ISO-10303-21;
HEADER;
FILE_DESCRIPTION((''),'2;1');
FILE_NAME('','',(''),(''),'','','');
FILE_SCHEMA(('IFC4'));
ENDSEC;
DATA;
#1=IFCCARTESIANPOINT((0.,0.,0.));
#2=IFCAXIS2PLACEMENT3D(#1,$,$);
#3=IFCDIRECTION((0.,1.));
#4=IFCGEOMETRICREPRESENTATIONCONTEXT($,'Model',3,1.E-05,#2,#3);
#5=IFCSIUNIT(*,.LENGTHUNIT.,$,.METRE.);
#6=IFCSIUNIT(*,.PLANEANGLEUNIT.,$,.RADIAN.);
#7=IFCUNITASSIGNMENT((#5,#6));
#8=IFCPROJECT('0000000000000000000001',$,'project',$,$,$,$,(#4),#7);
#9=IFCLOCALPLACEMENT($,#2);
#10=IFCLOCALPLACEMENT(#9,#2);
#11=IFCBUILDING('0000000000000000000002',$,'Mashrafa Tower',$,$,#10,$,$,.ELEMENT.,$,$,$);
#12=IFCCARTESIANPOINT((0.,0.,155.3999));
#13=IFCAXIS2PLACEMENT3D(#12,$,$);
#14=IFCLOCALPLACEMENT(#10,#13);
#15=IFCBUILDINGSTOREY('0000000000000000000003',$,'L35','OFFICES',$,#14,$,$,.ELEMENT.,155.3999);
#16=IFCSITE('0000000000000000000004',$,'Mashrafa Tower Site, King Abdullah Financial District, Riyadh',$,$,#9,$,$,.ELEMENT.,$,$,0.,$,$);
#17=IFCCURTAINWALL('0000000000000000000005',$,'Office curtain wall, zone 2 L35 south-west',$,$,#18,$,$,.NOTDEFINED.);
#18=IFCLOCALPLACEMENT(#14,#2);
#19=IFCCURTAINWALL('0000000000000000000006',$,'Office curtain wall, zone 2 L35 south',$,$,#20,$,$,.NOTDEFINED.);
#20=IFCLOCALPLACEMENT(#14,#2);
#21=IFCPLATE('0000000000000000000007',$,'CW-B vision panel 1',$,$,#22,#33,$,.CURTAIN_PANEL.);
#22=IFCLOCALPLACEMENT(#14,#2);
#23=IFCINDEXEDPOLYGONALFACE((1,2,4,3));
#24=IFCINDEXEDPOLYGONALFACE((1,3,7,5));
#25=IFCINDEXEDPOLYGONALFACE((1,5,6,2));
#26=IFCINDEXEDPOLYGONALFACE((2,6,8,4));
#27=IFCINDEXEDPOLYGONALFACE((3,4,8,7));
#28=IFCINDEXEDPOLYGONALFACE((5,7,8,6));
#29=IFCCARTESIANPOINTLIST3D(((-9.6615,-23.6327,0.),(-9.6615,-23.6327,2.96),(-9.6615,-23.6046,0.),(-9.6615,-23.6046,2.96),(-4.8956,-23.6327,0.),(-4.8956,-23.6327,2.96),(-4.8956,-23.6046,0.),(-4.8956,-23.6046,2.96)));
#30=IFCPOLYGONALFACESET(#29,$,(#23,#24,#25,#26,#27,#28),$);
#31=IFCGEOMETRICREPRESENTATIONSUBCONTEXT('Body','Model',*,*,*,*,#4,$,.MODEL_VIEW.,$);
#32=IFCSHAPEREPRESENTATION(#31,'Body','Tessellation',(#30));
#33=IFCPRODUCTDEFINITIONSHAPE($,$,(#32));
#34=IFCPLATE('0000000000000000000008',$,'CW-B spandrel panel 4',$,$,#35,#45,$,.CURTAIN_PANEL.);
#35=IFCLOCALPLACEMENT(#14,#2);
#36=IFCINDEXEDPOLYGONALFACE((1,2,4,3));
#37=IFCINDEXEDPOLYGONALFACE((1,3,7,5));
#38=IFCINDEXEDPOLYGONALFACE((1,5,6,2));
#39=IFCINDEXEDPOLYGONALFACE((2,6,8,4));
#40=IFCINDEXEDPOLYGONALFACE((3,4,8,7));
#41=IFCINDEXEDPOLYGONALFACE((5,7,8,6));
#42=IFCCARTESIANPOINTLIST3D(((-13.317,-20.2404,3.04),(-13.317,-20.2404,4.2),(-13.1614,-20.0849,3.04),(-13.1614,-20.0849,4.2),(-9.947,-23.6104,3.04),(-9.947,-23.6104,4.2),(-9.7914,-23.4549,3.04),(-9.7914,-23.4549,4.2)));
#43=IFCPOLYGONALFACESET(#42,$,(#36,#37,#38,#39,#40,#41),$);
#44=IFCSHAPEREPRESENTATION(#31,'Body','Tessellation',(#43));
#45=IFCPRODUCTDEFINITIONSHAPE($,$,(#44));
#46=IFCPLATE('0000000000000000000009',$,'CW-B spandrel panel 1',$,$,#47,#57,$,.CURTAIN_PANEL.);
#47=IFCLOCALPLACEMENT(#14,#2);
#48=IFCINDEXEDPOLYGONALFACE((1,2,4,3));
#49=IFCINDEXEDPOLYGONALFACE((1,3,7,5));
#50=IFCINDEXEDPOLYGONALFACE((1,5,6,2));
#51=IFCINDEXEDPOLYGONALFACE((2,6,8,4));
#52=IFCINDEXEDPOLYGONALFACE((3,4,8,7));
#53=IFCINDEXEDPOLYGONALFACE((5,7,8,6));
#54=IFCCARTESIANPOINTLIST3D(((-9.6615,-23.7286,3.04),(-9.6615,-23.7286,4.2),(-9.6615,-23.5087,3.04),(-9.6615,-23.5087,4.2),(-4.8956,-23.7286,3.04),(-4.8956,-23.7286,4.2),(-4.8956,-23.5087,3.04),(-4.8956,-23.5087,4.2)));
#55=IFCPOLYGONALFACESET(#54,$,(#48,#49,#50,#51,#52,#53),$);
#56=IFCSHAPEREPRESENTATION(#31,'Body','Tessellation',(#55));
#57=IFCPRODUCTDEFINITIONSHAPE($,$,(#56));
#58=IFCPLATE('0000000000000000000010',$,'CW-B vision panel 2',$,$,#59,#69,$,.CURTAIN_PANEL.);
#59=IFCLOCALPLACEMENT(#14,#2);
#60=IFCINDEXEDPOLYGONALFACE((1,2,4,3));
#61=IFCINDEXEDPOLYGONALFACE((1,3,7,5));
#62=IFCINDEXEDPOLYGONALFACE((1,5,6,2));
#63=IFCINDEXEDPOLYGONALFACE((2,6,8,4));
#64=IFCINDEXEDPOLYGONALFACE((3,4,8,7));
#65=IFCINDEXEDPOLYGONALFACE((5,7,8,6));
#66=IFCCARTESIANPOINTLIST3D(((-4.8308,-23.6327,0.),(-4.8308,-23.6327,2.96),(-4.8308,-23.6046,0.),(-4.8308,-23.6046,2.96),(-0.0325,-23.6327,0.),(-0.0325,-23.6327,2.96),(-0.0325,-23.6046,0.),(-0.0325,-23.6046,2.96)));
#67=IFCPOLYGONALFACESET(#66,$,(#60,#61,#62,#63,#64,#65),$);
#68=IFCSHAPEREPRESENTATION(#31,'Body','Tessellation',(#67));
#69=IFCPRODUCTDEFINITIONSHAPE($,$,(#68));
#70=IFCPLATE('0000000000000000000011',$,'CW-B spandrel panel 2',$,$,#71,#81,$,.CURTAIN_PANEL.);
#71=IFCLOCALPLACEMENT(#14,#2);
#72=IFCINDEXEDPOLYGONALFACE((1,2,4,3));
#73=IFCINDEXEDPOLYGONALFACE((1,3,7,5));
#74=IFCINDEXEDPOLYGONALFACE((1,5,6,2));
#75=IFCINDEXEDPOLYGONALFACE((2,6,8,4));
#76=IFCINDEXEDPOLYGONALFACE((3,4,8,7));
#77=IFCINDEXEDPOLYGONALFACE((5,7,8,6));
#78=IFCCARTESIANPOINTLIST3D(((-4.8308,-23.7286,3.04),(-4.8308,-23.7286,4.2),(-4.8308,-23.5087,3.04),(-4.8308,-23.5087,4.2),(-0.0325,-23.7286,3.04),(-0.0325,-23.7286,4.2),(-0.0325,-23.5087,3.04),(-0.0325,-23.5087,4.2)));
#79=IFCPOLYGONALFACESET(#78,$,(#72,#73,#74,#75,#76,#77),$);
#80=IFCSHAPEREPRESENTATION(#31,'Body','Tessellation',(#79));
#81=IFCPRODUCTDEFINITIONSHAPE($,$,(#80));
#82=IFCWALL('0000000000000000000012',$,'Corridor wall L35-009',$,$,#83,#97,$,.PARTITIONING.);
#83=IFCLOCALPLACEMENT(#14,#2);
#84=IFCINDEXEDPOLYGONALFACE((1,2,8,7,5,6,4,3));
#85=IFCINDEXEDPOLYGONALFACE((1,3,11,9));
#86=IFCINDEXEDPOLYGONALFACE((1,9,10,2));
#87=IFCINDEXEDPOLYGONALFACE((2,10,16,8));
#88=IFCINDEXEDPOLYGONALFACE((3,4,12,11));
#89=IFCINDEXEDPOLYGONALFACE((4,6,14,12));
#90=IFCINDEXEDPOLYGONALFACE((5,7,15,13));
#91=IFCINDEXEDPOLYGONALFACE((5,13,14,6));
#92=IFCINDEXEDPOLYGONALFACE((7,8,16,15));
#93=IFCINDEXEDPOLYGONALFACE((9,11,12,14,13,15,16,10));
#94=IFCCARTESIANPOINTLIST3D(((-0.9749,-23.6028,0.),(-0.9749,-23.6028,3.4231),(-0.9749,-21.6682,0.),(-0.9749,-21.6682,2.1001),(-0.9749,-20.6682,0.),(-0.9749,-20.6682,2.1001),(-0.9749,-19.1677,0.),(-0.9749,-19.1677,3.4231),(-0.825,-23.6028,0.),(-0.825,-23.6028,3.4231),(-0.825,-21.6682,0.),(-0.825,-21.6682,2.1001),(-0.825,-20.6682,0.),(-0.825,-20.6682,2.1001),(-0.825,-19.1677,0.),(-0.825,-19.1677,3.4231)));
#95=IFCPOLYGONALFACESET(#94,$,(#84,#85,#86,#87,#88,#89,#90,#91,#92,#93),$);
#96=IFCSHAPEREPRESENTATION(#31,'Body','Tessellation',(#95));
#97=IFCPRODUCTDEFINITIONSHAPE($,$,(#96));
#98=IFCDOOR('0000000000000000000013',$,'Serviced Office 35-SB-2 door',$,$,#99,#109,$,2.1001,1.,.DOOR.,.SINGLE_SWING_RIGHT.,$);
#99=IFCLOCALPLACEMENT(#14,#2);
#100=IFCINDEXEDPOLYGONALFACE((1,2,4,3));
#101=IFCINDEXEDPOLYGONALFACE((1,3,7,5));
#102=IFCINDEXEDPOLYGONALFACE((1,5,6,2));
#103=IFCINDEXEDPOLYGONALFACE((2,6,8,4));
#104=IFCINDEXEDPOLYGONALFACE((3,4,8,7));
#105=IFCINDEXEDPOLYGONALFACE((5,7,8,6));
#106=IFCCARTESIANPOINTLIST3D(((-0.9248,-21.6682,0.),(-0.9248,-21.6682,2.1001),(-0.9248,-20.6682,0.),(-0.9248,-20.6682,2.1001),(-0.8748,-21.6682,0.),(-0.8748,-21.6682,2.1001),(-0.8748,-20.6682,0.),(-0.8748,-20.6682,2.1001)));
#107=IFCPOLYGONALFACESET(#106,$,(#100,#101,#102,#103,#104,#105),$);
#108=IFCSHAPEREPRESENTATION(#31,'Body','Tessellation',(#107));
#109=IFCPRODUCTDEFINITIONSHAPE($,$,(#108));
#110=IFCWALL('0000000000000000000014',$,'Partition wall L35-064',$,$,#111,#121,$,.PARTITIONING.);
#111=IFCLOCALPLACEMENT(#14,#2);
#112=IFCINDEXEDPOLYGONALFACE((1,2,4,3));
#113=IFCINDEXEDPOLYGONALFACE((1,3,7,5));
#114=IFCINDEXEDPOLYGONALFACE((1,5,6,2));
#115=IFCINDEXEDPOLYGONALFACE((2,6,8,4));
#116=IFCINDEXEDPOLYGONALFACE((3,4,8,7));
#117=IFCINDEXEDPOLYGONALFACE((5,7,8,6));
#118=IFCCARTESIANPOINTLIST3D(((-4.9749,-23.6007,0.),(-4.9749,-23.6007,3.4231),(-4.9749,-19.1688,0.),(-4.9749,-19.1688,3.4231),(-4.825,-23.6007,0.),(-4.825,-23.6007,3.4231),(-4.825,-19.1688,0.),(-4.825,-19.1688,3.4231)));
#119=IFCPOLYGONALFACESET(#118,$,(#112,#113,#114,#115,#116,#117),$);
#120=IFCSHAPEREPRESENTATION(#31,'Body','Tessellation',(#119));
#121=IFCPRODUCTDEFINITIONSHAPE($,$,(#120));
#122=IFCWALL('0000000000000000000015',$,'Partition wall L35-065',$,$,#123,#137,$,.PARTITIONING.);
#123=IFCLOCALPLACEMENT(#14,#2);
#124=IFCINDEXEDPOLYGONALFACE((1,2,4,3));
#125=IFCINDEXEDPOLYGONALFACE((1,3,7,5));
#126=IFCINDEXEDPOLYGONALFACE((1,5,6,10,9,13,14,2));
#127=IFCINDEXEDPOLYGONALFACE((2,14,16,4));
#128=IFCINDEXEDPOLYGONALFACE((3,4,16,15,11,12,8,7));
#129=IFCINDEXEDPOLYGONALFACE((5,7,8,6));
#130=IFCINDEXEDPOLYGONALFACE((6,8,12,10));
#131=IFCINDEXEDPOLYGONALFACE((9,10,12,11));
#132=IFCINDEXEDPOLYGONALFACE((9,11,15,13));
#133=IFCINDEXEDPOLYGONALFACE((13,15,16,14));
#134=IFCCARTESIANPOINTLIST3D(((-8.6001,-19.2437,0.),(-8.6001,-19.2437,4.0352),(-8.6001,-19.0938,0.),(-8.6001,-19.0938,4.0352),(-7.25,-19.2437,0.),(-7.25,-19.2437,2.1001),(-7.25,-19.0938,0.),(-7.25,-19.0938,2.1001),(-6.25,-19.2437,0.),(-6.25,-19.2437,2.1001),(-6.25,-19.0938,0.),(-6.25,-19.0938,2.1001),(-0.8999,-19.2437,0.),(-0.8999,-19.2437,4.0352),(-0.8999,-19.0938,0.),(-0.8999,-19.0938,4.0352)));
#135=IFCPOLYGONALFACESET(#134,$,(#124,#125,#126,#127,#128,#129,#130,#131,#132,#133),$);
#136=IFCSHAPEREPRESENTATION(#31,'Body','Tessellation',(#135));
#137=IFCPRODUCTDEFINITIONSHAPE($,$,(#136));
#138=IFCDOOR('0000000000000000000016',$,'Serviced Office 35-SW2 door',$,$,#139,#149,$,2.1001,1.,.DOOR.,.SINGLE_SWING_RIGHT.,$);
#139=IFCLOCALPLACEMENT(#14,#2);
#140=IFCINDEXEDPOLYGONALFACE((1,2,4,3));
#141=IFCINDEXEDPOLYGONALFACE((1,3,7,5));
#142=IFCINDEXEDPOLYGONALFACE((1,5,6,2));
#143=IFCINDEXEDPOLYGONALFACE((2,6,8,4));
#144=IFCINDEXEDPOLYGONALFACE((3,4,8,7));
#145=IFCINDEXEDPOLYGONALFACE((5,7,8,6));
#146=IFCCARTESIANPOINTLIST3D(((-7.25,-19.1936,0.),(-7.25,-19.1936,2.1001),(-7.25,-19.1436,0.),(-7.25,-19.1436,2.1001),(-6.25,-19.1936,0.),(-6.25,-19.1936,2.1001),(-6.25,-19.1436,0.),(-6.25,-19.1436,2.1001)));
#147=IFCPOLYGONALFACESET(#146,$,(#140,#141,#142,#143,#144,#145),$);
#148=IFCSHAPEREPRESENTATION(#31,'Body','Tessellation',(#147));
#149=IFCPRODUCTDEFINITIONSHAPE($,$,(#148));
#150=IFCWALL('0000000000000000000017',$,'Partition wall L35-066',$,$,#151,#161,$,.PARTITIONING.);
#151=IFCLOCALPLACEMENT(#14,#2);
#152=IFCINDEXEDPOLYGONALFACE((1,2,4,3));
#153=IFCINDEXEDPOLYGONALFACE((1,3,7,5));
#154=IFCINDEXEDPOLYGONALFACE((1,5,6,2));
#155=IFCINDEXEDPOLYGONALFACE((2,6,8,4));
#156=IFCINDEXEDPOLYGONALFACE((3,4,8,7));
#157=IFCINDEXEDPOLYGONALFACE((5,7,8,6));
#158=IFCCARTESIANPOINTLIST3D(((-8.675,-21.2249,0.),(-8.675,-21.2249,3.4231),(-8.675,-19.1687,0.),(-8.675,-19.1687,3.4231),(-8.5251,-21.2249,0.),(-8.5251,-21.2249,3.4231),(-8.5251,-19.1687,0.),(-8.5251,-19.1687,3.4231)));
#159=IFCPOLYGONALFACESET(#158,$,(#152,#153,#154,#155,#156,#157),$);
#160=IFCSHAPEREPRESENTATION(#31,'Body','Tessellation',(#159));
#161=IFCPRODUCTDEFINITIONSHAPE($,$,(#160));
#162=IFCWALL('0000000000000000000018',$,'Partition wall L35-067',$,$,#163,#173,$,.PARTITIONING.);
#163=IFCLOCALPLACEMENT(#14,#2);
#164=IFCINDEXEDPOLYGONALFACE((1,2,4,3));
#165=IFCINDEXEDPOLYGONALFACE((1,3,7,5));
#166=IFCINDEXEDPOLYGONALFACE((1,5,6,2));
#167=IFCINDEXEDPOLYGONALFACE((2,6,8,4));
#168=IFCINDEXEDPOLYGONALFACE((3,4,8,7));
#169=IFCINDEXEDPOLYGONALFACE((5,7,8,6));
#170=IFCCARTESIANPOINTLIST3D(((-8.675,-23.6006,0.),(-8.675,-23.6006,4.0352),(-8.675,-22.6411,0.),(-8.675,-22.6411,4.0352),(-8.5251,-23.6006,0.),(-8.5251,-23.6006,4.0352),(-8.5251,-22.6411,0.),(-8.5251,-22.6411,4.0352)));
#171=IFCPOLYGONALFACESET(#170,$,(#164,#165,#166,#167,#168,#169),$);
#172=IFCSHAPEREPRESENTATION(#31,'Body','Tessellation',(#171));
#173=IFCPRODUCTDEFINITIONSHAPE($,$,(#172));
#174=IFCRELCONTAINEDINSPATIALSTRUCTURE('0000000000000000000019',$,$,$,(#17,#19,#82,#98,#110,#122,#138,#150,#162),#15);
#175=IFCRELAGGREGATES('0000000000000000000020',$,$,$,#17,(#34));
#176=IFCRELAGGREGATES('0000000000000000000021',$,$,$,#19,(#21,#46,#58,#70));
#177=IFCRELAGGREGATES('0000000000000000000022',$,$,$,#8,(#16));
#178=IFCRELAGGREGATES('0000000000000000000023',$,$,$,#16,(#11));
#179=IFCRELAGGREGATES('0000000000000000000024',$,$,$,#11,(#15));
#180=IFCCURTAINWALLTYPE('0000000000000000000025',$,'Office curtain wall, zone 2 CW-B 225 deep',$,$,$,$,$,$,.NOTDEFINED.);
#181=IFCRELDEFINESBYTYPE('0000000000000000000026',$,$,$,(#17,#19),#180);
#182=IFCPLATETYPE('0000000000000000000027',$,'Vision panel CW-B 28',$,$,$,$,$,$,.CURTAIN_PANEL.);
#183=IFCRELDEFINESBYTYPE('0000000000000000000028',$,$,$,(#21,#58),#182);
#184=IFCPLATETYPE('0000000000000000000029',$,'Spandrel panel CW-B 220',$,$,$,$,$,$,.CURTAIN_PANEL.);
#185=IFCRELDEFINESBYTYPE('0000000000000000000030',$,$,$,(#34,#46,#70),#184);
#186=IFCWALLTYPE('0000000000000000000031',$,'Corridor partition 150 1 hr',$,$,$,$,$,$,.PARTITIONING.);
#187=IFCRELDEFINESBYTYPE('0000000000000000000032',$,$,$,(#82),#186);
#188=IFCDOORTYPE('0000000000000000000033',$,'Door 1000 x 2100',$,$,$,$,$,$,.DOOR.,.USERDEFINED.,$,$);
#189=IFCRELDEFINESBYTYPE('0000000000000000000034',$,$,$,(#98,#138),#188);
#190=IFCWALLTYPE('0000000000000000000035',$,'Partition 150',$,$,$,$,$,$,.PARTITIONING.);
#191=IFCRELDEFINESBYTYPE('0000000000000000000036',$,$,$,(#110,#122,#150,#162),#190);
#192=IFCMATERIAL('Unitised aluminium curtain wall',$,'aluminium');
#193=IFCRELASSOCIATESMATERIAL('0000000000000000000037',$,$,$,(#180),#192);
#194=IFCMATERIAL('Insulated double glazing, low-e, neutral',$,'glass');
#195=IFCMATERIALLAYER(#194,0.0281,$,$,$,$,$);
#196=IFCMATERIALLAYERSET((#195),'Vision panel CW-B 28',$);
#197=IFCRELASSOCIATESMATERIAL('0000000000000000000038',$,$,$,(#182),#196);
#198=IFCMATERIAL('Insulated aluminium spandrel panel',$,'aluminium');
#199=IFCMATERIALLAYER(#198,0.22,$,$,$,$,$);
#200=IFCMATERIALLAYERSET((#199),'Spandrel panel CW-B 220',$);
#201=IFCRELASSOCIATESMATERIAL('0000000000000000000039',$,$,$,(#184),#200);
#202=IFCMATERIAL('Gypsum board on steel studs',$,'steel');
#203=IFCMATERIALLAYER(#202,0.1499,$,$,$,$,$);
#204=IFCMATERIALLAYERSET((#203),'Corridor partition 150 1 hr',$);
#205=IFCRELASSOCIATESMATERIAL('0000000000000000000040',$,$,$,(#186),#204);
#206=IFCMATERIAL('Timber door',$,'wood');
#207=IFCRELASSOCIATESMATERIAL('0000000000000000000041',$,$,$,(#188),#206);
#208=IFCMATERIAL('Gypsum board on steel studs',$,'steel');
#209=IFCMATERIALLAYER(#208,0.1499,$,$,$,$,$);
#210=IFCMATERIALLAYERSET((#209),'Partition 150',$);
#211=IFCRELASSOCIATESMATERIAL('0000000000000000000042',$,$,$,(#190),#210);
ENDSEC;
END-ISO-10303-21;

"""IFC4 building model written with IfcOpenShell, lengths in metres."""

from ifc_helpers import new_model, si_unit, direction, frame, frame_2d, origin, origin_2d, place, context, subcontext, project, spatial, rectangle, extrude, source, transform, mapped, material, layer, layer_set, type_object, type_shapes, element, fill, aggregate, save


model = new_model("IFC4")

# Units and contexts
model_context = context("Model", 3, precision=1e-05, world=origin(), true_north=direction((0.0, 1.0)))
body_context = subcontext(model_context, "Body", "Model", "MODEL_VIEW")
ifc_project = project(units=[si_unit("LENGTHUNIT", "METRE"), si_unit("PLANEANGLEUNIT", "RADIAN")], contexts=[model_context])

# Site, building, storey
site_placement = place(None, origin())
site = spatial("IfcSite", under=ifc_project, at=site_placement, Name="Mashrafa Tower Site, King Abdullah Financial District, Riyadh", CompositionType="ELEMENT", RefElevation=0.0)
building_placement = place(site_placement, origin())
building = spatial("IfcBuilding", under=site, at=building_placement, Name="Mashrafa Tower", CompositionType="ELEMENT")
storey_placement = place(building_placement, frame((0.0, 0.0, 155.3999)))
storey = spatial("IfcBuildingStorey", under=building, at=storey_placement, Name="L35", Description="OFFICES", CompositionType="ELEMENT", Elevation=155.3999)

# Curtain wall
ifc_material_1 = material(Name="Unitised aluminium curtain wall", Category="aluminium")
curtain_wall_type = type_object("IfcCurtainWallType", Name="Office curtain wall, zone 2 CW-B 225 deep", PredefinedType="NOTDEFINED", material=ifc_material_1)
curtain_wall_1_placement = place(storey_placement, origin())
curtain_wall_1 = element("IfcCurtainWall", 1, at=curtain_wall_1_placement, inside=storey, type_object=curtain_wall_type, Name="Office curtain wall, zone 2 L35 south-west", PredefinedType="NOTDEFINED")

# Curtain wall
curtain_wall_2_placement = place(storey_placement, origin())
curtain_wall_2 = element("IfcCurtainWall", 2, at=curtain_wall_2_placement, inside=storey, type_object=curtain_wall_type, Name="Office curtain wall, zone 2 L35 south", PredefinedType="NOTDEFINED")

# Plates
ifc_material_2 = material(Name="Insulated double glazing, low-e, neutral", Category="glass")
ifc_layer_1 = layer(ifc_material_2, 0.0281)
ifc_layer_set_1 = layer_set([ifc_layer_1], Name="Vision panel CW-B 28")
plate_type_1 = type_object("IfcPlateType", Name="Vision panel CW-B 28", PredefinedType="CURTAIN_PANEL", material=ifc_layer_set_1)
shared_shape_1 = source(origin(), body_context, "Body", "SweptSolid", [
    extrude(rectangle(XDim=4.7659, YDim=0.0281, at=origin_2d()), origin(), (0.0, 0.0, 1.0), 2.96),
])
plate_1_placement = place(storey_placement, frame((-7.2786, -23.6187, 0.0), z_axis=(0.0, 0.0, 1.0), x_axis=(1.0, 0.0, 0.0)))
plate_1 = element("IfcPlate", 3, at=plate_1_placement, type_object=plate_type_1, Name="CW-B vision panel 1", PredefinedType="CURTAIN_PANEL", context=body_context, shape_type="MappedRepresentation", body=[
    mapped(shared_shape_1, transform((0.0, 0.0, 0.0))),
])
ifc_material_3 = material(Name="Insulated aluminium spandrel panel", Category="aluminium")
ifc_layer_2 = layer(ifc_material_3, 0.22)
ifc_layer_set_2 = layer_set([ifc_layer_2], Name="Spandrel panel CW-B 220")
plate_type_2 = type_object("IfcPlateType", Name="Spandrel panel CW-B 220", PredefinedType="CURTAIN_PANEL", material=ifc_layer_set_2)
shared_shape_2 = source(origin(), body_context, "Body", "SweptSolid", [
    extrude(rectangle(XDim=4.7659, YDim=0.22, at=origin_2d()), origin(), (0.0, 0.0, 1.0), 1.1599),
])
plate_2_placement = place(storey_placement, frame((-11.5542, -21.8477, 3.04), z_axis=(0.0, 0.0, 1.0), x_axis=(0.707107, -0.707107, 0.0)))
plate_2 = element("IfcPlate", 4, at=plate_2_placement, type_object=plate_type_2, Name="CW-B spandrel panel 4", PredefinedType="CURTAIN_PANEL", context=body_context, shape_type="MappedRepresentation", body=[
    mapped(shared_shape_2, transform((0.0, 0.0, 0.0))),
])
aggregate(curtain_wall_1, [plate_2])
plate_3_placement = place(storey_placement, frame((-7.2786, -23.6187, 3.04), z_axis=(0.0, 0.0, 1.0), x_axis=(1.0, 0.0, 0.0)))
plate_3 = element("IfcPlate", 5, at=plate_3_placement, type_object=plate_type_2, Name="CW-B spandrel panel 1", PredefinedType="CURTAIN_PANEL", context=body_context, shape_type="MappedRepresentation", body=[
    mapped(shared_shape_2, transform((0.0, 0.0, 0.0))),
])
shared_shape_3 = source(origin(), body_context, "Body", "SweptSolid", [
    extrude(rectangle(XDim=4.7983, YDim=0.0281, at=origin_2d()), origin(), (0.0, 0.0, 1.0), 2.96),
])
type_shapes(plate_type_1, [shared_shape_1, shared_shape_3])
plate_4_placement = place(storey_placement, frame((-2.4316, -23.6187, 0.0), z_axis=(0.0, 0.0, 1.0), x_axis=(1.0, 0.0, 0.0)))
plate_4 = element("IfcPlate", 6, at=plate_4_placement, type_object=plate_type_1, Name="CW-B vision panel 2", PredefinedType="CURTAIN_PANEL", context=body_context, shape_type="MappedRepresentation", body=[
    mapped(shared_shape_3, transform((0.0, 0.0, 0.0))),
])
shared_shape_4 = source(origin(), body_context, "Body", "SweptSolid", [
    extrude(rectangle(XDim=4.7983, YDim=0.22, at=origin_2d()), origin(), (0.0, 0.0, 1.0), 1.1599),
])
type_shapes(plate_type_2, [shared_shape_2, shared_shape_4])
plate_5_placement = place(storey_placement, frame((-2.4316, -23.6187, 3.04), z_axis=(0.0, 0.0, 1.0), x_axis=(1.0, 0.0, 0.0)))
plate_5 = element("IfcPlate", 7, at=plate_5_placement, type_object=plate_type_2, Name="CW-B spandrel panel 2", PredefinedType="CURTAIN_PANEL", context=body_context, shape_type="MappedRepresentation", body=[
    mapped(shared_shape_4, transform((0.0, 0.0, 0.0))),
])
aggregate(curtain_wall_2, [plate_1, plate_3, plate_4, plate_5])

# Wall, opening, door
ifc_material_4 = material(Name="Gypsum board on steel studs", Category="steel")
ifc_layer_3 = layer(ifc_material_4, 0.1499)
ifc_layer_set_3 = layer_set([ifc_layer_3], Name="Corridor partition 150 1 hr")
wall_type_1 = type_object("IfcWallType", Name="Corridor partition 150 1 hr", PredefinedType="PARTITIONING", material=ifc_layer_set_3)
wall_1_placement = place(storey_placement, frame((-0.8999, -19.1677, 0.0), z_axis=(0.0, 0.0, 1.0), x_axis=(0.0, -1.0, 0.0)))
wall_1 = element("IfcWall", 8, at=wall_1_placement, inside=storey, type_object=wall_type_1, Name="Corridor wall L35-009", PredefinedType="PARTITIONING", context=body_context, shape_type="SweptSolid", body=[
    extrude(rectangle(XDim=4.4351, YDim=0.1499, at=frame_2d((2.2175, 0.0))), origin(), (0.0, 0.0, 1.0), 3.4231),
])
opening_1_placement = place(wall_1_placement, frame((1.5005, 0.0, 0.0)))
opening_1 = element("IfcOpeningElement", 9, at=opening_1_placement, cuts=wall_1, PredefinedType="OPENING", context=body_context, shape_type="SweptSolid", body=[
    extrude(rectangle(XDim=1.0, YDim=2.1001, at=frame_2d((0.5, 1.05))), frame((0.0, 0.085, 0.0), z_axis=(0.0, -1.0, 0.0), x_axis=(1.0, 0.0, 0.0)), (0.0, 0.0, 1.0), 0.1699),
])
ifc_material_5 = material(Name="Timber door", Category="wood")
door_type = type_object("IfcDoorType", Name="Door 1000 x 2100", OperationType="USERDEFINED", PredefinedType="DOOR", material=ifc_material_5)
door_1_placement = place(opening_1_placement, frame((1.0, 0.0, 0.0), z_axis=(0.0, 0.0, 1.0), x_axis=(-1.0, 0.0, 0.0)))
door_1 = element("IfcDoor", 10, at=door_1_placement, inside=storey, type_object=door_type, Name="Serviced Office 35-SB-2 door", OperationType="SINGLE_SWING_RIGHT", OverallHeight=2.1001, OverallWidth=1.0, PredefinedType="DOOR", context=body_context, shape_type="SweptSolid", body=[
    extrude(rectangle(XDim=1.0, YDim=2.1001, at=frame_2d((0.5, 1.05))), frame((0.0, 0.0249, 0.0), z_axis=(0.0, -1.0, 0.0), x_axis=(1.0, 0.0, 0.0)), (0.0, 0.0, 1.0), 0.05),
])
fill(opening_1, door_1)

# Wall
ifc_material_6 = material(Name="Gypsum board on steel studs", Category="steel")
ifc_layer_4 = layer(ifc_material_6, 0.1499)
ifc_layer_set_4 = layer_set([ifc_layer_4], Name="Partition 150")
wall_type_2 = type_object("IfcWallType", Name="Partition 150", PredefinedType="PARTITIONING", material=ifc_layer_set_4)
wall_2_placement = place(storey_placement, frame((-4.8999, -23.6006, 0.0), z_axis=(0.0, 0.0, 1.0), x_axis=(0.0, 1.0, 0.0)))
element("IfcWall", 11, at=wall_2_placement, inside=storey, type_object=wall_type_2, Name="Partition wall L35-064", PredefinedType="PARTITIONING", context=body_context, shape_type="SweptSolid", body=[
    extrude(rectangle(XDim=4.4319, YDim=0.1499, at=frame_2d((2.2158, 0.0))), origin(), (0.0, 0.0, 1.0), 3.4231),
])

# Wall, opening, door
wall_3_placement = place(storey_placement, frame((-8.6001, -19.1687, 0.0), z_axis=(0.0, 0.0, 1.0), x_axis=(1.0, 0.0, 0.0)))
wall_3 = element("IfcWall", 12, at=wall_3_placement, inside=storey, type_object=wall_type_2, Name="Partition wall L35-065", PredefinedType="PARTITIONING", context=body_context, shape_type="SweptSolid", body=[
    extrude(rectangle(XDim=7.7002, YDim=0.1499, at=frame_2d((3.8501, 0.0))), origin(), (0.0, 0.0, 1.0), 4.0352),
])
opening_2_placement = place(wall_3_placement, frame((1.3501, 0.0, 0.0)))
opening_2 = element("IfcOpeningElement", 13, at=opening_2_placement, cuts=wall_3, PredefinedType="OPENING", context=body_context, shape_type="SweptSolid", body=[
    extrude(rectangle(XDim=1.0, YDim=2.1001, at=frame_2d((0.5, 1.05))), frame((0.0, 0.085, 0.0), z_axis=(0.0, -1.0, 0.0), x_axis=(1.0, 0.0, 0.0)), (0.0, 0.0, 1.0), 0.1699),
])
door_2_placement = place(opening_2_placement, frame((1.0, 0.0, 0.0), z_axis=(0.0, 0.0, 1.0), x_axis=(-1.0, 0.0, 0.0)))
door_2 = element("IfcDoor", 14, at=door_2_placement, inside=storey, type_object=door_type, Name="Serviced Office 35-SW2 door", OperationType="SINGLE_SWING_RIGHT", OverallHeight=2.1001, OverallWidth=1.0, PredefinedType="DOOR", context=body_context, shape_type="SweptSolid", body=[
    extrude(rectangle(XDim=1.0, YDim=2.1001, at=frame_2d((0.5, 1.05))), frame((0.0, 0.0249, 0.0), z_axis=(0.0, -1.0, 0.0), x_axis=(1.0, 0.0, 0.0)), (0.0, 0.0, 1.0), 0.05),
])
fill(opening_2, door_2)

# Walls
wall_4_placement = place(storey_placement, frame((-8.6001, -19.1687, 0.0), z_axis=(0.0, 0.0, 1.0), x_axis=(0.0, -1.0, 0.0)))
element("IfcWall", 15, at=wall_4_placement, inside=storey, type_object=wall_type_2, Name="Partition wall L35-066", PredefinedType="PARTITIONING", context=body_context, shape_type="SweptSolid", body=[
    extrude(rectangle(XDim=2.0562, YDim=0.1499, at=frame_2d((1.0281, 0.0))), origin(), (0.0, 0.0, 1.0), 3.4231),
])
wall_5_placement = place(storey_placement, frame((-8.6001, -22.6411, 0.0), z_axis=(0.0, 0.0, 1.0), x_axis=(0.0, -1.0, 0.0)))
element("IfcWall", 16, at=wall_5_placement, inside=storey, type_object=wall_type_2, Name="Partition wall L35-067", PredefinedType="PARTITIONING", context=body_context, shape_type="SweptSolid", body=[
    extrude(rectangle(XDim=0.9595, YDim=0.1499, at=frame_2d((0.4797, 0.0))), origin(), (0.0, 0.0, 1.0), 4.0352),
])

save(model, "model.ifc")
